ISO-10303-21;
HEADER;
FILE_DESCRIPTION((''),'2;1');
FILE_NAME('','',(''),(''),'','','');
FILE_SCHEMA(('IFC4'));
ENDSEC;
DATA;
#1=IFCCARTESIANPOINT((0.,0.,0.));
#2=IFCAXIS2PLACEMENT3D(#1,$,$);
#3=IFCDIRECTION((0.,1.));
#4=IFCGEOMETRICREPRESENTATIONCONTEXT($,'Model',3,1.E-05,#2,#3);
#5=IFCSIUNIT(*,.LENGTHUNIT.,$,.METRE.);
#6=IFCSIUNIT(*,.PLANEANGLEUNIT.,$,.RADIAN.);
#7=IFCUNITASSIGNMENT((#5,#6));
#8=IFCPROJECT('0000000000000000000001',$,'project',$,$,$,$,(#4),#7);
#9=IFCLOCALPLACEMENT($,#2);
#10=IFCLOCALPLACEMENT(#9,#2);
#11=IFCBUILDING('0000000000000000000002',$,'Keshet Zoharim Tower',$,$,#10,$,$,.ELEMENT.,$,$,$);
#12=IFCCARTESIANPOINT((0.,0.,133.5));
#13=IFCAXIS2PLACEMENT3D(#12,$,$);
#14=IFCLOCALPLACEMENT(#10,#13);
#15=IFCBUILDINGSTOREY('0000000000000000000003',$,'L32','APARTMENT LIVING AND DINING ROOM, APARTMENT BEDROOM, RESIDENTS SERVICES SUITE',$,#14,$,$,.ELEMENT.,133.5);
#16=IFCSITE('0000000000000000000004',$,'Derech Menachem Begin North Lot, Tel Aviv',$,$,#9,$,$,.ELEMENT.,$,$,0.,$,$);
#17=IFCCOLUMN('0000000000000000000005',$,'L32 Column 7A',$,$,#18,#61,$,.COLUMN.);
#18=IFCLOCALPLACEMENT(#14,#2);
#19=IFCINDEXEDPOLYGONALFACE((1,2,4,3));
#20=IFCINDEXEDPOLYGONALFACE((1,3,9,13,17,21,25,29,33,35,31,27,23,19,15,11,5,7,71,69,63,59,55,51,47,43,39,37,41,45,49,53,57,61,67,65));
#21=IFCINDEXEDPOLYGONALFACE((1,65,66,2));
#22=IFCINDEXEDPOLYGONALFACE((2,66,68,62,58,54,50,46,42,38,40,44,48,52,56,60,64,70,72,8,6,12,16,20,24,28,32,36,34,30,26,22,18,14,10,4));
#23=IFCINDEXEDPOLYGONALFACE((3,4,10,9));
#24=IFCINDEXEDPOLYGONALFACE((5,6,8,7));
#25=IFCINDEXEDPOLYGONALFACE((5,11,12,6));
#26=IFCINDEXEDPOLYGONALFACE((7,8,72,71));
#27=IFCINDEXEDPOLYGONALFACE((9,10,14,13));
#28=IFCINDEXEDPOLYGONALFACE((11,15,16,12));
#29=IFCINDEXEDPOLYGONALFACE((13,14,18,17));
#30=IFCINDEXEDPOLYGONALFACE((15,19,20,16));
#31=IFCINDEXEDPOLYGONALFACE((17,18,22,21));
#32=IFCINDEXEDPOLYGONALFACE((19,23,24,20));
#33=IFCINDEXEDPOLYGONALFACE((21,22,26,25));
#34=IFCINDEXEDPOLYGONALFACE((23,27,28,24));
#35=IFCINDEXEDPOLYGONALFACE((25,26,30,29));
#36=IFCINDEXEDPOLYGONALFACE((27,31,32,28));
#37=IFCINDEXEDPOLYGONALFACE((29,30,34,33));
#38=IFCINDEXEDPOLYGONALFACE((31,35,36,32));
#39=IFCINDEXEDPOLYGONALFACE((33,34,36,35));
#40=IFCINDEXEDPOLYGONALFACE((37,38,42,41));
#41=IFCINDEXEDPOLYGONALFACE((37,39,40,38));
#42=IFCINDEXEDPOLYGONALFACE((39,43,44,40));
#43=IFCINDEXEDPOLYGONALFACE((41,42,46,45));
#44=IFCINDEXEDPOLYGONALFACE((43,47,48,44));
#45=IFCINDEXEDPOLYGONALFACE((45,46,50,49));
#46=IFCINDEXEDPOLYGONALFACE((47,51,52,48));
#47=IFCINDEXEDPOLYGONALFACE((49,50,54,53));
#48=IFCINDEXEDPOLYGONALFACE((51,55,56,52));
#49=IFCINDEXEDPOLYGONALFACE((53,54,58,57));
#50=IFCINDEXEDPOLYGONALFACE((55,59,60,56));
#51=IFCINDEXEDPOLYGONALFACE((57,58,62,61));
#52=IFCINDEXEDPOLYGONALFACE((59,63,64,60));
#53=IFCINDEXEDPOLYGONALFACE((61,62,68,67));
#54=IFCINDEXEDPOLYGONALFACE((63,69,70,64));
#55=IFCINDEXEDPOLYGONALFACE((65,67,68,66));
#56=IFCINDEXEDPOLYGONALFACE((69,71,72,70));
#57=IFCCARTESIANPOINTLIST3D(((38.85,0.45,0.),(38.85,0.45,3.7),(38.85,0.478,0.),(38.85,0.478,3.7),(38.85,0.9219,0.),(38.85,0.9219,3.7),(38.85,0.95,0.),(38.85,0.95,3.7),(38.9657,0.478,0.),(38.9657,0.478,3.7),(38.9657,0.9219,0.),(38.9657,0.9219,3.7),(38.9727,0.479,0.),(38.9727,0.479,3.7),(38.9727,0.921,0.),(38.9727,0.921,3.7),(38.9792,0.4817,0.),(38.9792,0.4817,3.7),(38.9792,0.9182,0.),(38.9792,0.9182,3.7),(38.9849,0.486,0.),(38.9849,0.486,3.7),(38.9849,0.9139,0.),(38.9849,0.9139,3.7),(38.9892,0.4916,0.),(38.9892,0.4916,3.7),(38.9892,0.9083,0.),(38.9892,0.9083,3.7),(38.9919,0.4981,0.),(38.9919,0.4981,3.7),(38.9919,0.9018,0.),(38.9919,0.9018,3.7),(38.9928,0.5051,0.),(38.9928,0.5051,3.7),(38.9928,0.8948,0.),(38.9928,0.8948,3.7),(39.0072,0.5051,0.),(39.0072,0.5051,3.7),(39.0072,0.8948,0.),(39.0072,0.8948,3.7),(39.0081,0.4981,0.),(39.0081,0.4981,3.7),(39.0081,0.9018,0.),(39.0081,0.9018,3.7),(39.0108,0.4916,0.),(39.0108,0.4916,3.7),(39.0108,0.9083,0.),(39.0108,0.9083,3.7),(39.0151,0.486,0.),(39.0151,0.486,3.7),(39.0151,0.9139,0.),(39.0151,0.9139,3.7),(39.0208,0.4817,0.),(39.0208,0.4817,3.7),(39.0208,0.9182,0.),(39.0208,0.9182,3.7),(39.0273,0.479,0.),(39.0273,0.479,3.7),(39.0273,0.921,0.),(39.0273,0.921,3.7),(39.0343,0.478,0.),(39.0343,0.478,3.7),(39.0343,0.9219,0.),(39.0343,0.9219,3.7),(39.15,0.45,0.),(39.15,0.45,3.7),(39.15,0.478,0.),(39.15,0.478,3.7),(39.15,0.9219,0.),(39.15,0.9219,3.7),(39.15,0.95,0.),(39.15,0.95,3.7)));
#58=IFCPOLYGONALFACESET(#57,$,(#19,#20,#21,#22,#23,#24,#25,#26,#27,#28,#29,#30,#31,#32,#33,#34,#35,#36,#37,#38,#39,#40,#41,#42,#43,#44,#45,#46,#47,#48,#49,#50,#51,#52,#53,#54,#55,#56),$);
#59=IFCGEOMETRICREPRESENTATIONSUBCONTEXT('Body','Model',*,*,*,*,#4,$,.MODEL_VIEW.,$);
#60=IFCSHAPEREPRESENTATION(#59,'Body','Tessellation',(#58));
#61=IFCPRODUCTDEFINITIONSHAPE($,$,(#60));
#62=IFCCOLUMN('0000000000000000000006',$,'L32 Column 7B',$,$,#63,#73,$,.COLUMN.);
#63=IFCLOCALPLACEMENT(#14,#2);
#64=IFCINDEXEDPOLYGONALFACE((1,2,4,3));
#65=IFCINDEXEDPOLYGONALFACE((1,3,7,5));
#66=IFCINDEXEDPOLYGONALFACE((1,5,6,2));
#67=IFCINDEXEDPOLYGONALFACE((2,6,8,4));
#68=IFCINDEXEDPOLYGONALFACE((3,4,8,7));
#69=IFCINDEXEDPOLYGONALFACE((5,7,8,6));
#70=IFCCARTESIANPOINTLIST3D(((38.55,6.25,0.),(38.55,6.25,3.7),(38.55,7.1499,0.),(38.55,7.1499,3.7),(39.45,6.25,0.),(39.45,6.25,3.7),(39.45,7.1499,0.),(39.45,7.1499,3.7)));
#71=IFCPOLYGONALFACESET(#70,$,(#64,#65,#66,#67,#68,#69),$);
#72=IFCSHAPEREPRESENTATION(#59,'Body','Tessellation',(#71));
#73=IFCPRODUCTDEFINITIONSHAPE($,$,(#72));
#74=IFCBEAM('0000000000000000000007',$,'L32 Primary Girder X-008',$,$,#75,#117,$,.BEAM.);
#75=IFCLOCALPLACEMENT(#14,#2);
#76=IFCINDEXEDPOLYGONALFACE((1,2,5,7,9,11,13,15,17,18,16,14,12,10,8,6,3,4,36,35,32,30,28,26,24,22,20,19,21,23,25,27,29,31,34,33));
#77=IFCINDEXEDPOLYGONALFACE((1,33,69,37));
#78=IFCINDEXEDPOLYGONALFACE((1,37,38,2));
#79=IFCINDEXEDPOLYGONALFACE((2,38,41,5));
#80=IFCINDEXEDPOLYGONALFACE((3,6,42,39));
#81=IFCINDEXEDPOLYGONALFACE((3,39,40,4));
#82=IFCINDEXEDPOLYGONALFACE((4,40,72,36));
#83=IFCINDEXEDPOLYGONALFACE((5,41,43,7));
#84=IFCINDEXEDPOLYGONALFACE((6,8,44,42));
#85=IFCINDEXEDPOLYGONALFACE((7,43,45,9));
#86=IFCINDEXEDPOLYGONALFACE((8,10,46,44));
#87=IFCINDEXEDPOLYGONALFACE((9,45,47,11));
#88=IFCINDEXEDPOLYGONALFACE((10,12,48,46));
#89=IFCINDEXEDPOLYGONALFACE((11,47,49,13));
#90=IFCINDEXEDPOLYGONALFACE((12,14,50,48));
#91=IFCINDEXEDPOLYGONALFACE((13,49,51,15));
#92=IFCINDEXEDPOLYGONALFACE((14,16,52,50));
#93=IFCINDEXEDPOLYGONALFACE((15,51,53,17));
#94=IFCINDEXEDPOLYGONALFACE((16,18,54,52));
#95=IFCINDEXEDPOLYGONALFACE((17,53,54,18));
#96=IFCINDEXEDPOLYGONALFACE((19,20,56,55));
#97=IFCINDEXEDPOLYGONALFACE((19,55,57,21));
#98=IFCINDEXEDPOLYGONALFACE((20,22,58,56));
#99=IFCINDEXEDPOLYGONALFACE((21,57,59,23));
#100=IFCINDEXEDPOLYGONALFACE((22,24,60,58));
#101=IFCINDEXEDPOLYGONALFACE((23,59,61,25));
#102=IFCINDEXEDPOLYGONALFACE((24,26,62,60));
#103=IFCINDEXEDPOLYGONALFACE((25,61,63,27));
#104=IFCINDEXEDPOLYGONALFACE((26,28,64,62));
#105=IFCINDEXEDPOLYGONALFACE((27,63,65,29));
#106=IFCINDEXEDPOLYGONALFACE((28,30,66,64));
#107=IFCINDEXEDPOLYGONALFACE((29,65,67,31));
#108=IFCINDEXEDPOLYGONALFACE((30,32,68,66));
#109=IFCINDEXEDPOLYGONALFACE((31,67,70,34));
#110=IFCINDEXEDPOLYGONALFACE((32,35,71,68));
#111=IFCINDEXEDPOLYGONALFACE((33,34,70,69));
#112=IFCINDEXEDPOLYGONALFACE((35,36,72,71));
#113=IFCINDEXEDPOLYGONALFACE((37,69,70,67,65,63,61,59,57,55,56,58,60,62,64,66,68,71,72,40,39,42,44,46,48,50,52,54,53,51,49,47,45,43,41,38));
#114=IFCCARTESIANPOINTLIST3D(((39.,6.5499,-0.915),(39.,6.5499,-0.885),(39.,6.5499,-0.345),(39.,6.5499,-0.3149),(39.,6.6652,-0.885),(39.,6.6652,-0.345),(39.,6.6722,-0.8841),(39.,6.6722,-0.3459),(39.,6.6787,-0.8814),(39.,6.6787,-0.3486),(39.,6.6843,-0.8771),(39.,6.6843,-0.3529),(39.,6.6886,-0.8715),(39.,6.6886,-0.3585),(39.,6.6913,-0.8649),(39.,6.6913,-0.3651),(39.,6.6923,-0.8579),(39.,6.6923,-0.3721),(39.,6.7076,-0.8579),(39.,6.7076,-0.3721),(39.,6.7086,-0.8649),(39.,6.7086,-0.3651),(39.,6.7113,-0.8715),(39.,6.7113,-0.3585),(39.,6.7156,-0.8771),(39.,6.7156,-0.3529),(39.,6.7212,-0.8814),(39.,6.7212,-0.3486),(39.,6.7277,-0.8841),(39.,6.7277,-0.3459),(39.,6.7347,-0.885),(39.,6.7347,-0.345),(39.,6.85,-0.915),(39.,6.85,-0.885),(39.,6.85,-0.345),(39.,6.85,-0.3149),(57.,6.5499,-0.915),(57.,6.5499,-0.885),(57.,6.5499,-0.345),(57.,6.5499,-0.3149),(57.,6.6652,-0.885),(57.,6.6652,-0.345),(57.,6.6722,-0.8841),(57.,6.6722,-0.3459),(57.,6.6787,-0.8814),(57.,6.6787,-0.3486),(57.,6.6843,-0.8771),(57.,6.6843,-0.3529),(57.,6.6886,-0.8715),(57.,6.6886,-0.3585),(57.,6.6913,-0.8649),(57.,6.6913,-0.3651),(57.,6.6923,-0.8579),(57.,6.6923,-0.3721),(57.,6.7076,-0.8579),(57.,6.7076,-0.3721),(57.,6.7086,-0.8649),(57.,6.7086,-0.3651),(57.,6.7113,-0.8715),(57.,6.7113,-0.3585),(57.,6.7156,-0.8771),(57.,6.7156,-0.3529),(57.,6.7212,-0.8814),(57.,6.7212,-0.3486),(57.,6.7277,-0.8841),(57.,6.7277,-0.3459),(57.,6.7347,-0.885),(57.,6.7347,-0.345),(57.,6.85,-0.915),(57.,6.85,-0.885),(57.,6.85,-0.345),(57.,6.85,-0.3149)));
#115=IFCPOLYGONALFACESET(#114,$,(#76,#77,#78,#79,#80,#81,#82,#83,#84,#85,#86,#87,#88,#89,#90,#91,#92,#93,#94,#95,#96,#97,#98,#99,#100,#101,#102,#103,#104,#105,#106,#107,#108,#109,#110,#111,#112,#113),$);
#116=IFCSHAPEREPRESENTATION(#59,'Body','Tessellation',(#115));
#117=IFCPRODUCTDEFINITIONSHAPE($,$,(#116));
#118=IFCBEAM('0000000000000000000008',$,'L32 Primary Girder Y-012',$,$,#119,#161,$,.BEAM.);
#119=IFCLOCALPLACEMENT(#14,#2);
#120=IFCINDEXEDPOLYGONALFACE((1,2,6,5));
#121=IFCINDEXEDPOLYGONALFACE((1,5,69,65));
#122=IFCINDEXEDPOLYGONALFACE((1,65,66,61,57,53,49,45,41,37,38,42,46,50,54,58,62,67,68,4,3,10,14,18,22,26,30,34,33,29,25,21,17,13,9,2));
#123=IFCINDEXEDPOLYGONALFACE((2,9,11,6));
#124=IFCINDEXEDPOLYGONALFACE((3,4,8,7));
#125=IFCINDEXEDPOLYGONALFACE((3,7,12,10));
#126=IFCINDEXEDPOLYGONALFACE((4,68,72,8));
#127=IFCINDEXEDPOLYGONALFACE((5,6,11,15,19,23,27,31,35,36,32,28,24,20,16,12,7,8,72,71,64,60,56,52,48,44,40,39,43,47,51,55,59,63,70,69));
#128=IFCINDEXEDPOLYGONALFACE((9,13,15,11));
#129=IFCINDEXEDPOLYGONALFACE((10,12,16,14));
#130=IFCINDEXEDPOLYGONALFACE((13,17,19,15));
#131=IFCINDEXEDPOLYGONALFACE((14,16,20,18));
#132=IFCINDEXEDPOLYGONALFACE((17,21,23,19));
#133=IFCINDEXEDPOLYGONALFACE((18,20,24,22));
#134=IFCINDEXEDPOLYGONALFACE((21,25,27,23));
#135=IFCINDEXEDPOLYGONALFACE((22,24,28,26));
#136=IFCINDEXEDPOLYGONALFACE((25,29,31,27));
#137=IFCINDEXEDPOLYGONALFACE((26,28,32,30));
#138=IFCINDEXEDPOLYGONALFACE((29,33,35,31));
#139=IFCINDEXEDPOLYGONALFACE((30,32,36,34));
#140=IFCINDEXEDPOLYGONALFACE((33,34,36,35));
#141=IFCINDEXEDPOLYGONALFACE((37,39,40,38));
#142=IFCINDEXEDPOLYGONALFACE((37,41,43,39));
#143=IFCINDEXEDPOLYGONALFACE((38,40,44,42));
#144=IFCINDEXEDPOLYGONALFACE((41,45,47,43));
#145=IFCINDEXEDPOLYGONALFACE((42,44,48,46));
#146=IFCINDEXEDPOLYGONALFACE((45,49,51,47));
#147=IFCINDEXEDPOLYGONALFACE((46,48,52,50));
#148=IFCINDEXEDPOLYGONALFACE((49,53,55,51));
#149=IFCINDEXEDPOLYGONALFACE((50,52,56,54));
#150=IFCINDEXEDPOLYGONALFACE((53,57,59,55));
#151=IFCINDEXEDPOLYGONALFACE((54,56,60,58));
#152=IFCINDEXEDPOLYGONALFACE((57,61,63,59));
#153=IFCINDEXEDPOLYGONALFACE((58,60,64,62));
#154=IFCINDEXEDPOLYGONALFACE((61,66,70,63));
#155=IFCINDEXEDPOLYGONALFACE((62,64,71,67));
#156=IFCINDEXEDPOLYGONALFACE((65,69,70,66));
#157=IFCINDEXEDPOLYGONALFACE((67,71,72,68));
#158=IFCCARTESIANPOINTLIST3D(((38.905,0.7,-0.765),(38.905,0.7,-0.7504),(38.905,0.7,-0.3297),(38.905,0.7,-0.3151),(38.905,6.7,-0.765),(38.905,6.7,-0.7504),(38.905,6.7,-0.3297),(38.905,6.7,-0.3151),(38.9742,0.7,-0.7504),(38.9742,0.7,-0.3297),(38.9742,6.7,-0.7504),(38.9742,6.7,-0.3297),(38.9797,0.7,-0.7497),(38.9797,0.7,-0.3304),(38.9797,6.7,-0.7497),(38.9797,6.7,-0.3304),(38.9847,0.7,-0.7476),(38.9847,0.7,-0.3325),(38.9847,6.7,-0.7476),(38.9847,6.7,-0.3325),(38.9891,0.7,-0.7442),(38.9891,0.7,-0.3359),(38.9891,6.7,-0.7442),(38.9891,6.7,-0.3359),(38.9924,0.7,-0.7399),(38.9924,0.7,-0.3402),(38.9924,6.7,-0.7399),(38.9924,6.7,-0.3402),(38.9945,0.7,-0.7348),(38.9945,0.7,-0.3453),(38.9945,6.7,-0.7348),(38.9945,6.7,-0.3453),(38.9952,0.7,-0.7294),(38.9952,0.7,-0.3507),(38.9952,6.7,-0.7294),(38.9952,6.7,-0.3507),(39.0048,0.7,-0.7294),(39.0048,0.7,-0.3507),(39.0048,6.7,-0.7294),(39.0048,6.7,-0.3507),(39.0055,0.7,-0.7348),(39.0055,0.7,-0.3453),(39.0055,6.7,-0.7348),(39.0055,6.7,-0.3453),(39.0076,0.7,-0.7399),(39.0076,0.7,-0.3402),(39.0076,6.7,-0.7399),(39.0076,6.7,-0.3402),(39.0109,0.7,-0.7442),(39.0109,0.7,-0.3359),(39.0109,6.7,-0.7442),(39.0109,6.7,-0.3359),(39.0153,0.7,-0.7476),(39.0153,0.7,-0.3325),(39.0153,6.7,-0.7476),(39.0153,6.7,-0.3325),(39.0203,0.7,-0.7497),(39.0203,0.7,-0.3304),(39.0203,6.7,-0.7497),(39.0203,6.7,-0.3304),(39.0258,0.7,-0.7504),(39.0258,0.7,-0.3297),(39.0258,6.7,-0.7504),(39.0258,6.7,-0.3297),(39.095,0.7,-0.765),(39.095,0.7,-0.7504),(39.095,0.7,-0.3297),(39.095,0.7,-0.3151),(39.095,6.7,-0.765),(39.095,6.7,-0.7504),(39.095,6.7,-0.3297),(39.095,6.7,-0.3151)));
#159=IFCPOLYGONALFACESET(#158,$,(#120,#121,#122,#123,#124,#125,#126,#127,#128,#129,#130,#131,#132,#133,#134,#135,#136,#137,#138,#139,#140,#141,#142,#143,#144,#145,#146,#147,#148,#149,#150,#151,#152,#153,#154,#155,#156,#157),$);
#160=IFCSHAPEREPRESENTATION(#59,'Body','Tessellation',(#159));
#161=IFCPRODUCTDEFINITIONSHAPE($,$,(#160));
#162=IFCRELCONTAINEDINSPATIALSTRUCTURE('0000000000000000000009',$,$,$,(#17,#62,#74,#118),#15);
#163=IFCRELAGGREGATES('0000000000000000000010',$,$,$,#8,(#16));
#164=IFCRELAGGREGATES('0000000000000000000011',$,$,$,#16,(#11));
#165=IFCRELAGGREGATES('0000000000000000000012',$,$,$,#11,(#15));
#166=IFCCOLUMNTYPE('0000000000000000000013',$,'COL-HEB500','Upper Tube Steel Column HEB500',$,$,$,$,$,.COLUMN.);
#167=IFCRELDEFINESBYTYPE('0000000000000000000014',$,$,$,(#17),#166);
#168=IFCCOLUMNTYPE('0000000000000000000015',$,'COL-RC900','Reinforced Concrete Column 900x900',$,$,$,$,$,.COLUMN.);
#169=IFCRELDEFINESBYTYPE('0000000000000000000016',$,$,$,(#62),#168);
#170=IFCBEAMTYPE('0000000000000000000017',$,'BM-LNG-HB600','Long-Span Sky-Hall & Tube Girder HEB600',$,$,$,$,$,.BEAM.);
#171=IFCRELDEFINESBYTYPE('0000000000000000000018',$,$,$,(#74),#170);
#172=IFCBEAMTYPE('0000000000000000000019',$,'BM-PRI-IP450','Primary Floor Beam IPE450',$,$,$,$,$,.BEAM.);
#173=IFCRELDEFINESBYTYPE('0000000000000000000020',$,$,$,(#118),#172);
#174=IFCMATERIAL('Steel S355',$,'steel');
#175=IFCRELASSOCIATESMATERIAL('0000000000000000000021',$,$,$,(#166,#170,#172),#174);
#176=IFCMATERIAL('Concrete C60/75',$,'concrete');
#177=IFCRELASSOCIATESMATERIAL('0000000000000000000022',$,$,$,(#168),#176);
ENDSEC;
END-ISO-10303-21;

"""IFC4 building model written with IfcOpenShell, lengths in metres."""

from ifc_helpers import new_model, si_unit, direction, frame, origin, origin_2d, place, context, subcontext, project, spatial, rectangle, i_section, extrude, material, material_profile, profile_set, type_object, element, save


model = new_model("IFC4")

# Units and contexts
model_context = context("Model", 3, precision=1e-05, world=origin(), true_north=direction((0.0, 1.0)))
body_context = subcontext(model_context, "Body", "Model", "MODEL_VIEW")
ifc_project = project(units=[si_unit("LENGTHUNIT", "METRE"), si_unit("PLANEANGLEUNIT", "RADIAN")], contexts=[model_context])

# Site, building, storey
site_placement = place(None, origin())
site = spatial("IfcSite", under=ifc_project, at=site_placement, Name="Derech Menachem Begin North Lot, Tel Aviv", CompositionType="ELEMENT", RefElevation=0.0)
building_placement = place(site_placement, origin())
building = spatial("IfcBuilding", under=site, at=building_placement, Name="Keshet Zoharim Tower", CompositionType="ELEMENT")
storey_placement = place(building_placement, frame((0.0, 0.0, 133.5)))
storey = spatial("IfcBuildingStorey", under=building, at=storey_placement, Name="L32", Description="APARTMENT LIVING AND DINING ROOM, APARTMENT BEDROOM, RESIDENTS SERVICES SUITE", CompositionType="ELEMENT", Elevation=133.5)

# Columns
ifc_material_1 = material(Name="Steel S355", Category="steel")
ifc_material_profile_1 = material_profile(ifc_material_1, i_section(OverallWidth=0.3, OverallDepth=0.5, WebThickness=0.0144, FlangeThickness=0.0281, FilletRadius=0.0271, at=origin_2d()), Name="HEB500")
ifc_profile_set_1 = profile_set([ifc_material_profile_1], Name="Steel S355")
column_type_1 = type_object("IfcColumnType", Name="COL-HEB500", Description="Upper Tube Steel Column HEB500", PredefinedType="COLUMN", material=ifc_profile_set_1)
column_1_placement = place(storey_placement, frame((39.0, 0.7, 0.0), z_axis=(0.0, 0.0, 1.0), x_axis=(1.0, 0.0, 0.0)))
element("IfcColumn", 1, at=column_1_placement, inside=storey, type_object=column_type_1, Name="L32 Column 7A", PredefinedType="COLUMN", context=body_context, shape_type="SweptSolid", body=[
    extrude(i_section(OverallWidth=0.3, OverallDepth=0.5, WebThickness=0.0144, FlangeThickness=0.0281, FilletRadius=0.0271, at=origin_2d()), origin(), (0.0, 0.0, 1.0), 3.7),
])
ifc_material_2 = material(Name="Concrete C60/75", Category="concrete")
ifc_material_profile_2 = material_profile(ifc_material_2, rectangle(XDim=0.8999, YDim=0.8999, at=origin_2d()), Name="RC900x900")
ifc_profile_set_2 = profile_set([ifc_material_profile_2], Name="Concrete C60/75")
column_type_2 = type_object("IfcColumnType", Name="COL-RC900", Description="Reinforced Concrete Column 900x900", PredefinedType="COLUMN", material=ifc_profile_set_2)
column_2_placement = place(storey_placement, frame((39.0, 6.7, 0.0), z_axis=(0.0, 0.0, 1.0), x_axis=(1.0, 0.0, 0.0)))
element("IfcColumn", 2, at=column_2_placement, inside=storey, type_object=column_type_2, Name="L32 Column 7B", PredefinedType="COLUMN", context=body_context, shape_type="SweptSolid", body=[
    extrude(rectangle(XDim=0.8999, YDim=0.8999, at=origin_2d()), origin(), (0.0, 0.0, 1.0), 3.7),
])

# Beams
ifc_material_profile_3 = material_profile(ifc_material_1, i_section(OverallWidth=0.3, OverallDepth=0.6001, WebThickness=0.0154, FlangeThickness=0.03, FilletRadius=0.0271, at=origin_2d()), Name="HEB600")
ifc_profile_set_3 = profile_set([ifc_material_profile_3], Name="Steel S355")
beam_type_1 = type_object("IfcBeamType", Name="BM-LNG-HB600", Description="Long-Span Sky-Hall & Tube Girder HEB600", PredefinedType="BEAM", material=ifc_profile_set_3)
beam_1_placement = place(storey_placement, frame((39.0, 6.7, -0.615), z_axis=(1.0, 0.0, 0.0), x_axis=(0.0, 1.0, 0.0)))
element("IfcBeam", 3, at=beam_1_placement, inside=storey, type_object=beam_type_1, Name="L32 Primary Girder X-008", PredefinedType="BEAM", context=body_context, shape_type="SweptSolid", body=[
    extrude(i_section(OverallWidth=0.3, OverallDepth=0.6001, WebThickness=0.0154, FlangeThickness=0.03, FilletRadius=0.0271, at=origin_2d()), origin(), (0.0, 0.0, 1.0), 18.0),
])
ifc_material_profile_4 = material_profile(ifc_material_1, i_section(OverallWidth=0.1899, OverallDepth=0.45, WebThickness=0.0095, FlangeThickness=0.0146, FilletRadius=0.021, at=origin_2d()), Name="IPE450")
ifc_profile_set_4 = profile_set([ifc_material_profile_4], Name="Steel S355")
beam_type_2 = type_object("IfcBeamType", Name="BM-PRI-IP450", Description="Primary Floor Beam IPE450", PredefinedType="BEAM", material=ifc_profile_set_4)
beam_2_placement = place(storey_placement, frame((39.0, 0.7, -0.54), z_axis=(0.0, 1.0, 0.0), x_axis=(-1.0, 0.0, 0.0)))
element("IfcBeam", 4, at=beam_2_placement, inside=storey, type_object=beam_type_2, Name="L32 Primary Girder Y-012", PredefinedType="BEAM", context=body_context, shape_type="SweptSolid", body=[
    extrude(i_section(OverallWidth=0.1899, OverallDepth=0.45, WebThickness=0.0095, FlangeThickness=0.0146, FilletRadius=0.021, at=origin_2d()), origin(), (0.0, 0.0, 1.0), 6.0),
])

save(model, "model.ifc")
